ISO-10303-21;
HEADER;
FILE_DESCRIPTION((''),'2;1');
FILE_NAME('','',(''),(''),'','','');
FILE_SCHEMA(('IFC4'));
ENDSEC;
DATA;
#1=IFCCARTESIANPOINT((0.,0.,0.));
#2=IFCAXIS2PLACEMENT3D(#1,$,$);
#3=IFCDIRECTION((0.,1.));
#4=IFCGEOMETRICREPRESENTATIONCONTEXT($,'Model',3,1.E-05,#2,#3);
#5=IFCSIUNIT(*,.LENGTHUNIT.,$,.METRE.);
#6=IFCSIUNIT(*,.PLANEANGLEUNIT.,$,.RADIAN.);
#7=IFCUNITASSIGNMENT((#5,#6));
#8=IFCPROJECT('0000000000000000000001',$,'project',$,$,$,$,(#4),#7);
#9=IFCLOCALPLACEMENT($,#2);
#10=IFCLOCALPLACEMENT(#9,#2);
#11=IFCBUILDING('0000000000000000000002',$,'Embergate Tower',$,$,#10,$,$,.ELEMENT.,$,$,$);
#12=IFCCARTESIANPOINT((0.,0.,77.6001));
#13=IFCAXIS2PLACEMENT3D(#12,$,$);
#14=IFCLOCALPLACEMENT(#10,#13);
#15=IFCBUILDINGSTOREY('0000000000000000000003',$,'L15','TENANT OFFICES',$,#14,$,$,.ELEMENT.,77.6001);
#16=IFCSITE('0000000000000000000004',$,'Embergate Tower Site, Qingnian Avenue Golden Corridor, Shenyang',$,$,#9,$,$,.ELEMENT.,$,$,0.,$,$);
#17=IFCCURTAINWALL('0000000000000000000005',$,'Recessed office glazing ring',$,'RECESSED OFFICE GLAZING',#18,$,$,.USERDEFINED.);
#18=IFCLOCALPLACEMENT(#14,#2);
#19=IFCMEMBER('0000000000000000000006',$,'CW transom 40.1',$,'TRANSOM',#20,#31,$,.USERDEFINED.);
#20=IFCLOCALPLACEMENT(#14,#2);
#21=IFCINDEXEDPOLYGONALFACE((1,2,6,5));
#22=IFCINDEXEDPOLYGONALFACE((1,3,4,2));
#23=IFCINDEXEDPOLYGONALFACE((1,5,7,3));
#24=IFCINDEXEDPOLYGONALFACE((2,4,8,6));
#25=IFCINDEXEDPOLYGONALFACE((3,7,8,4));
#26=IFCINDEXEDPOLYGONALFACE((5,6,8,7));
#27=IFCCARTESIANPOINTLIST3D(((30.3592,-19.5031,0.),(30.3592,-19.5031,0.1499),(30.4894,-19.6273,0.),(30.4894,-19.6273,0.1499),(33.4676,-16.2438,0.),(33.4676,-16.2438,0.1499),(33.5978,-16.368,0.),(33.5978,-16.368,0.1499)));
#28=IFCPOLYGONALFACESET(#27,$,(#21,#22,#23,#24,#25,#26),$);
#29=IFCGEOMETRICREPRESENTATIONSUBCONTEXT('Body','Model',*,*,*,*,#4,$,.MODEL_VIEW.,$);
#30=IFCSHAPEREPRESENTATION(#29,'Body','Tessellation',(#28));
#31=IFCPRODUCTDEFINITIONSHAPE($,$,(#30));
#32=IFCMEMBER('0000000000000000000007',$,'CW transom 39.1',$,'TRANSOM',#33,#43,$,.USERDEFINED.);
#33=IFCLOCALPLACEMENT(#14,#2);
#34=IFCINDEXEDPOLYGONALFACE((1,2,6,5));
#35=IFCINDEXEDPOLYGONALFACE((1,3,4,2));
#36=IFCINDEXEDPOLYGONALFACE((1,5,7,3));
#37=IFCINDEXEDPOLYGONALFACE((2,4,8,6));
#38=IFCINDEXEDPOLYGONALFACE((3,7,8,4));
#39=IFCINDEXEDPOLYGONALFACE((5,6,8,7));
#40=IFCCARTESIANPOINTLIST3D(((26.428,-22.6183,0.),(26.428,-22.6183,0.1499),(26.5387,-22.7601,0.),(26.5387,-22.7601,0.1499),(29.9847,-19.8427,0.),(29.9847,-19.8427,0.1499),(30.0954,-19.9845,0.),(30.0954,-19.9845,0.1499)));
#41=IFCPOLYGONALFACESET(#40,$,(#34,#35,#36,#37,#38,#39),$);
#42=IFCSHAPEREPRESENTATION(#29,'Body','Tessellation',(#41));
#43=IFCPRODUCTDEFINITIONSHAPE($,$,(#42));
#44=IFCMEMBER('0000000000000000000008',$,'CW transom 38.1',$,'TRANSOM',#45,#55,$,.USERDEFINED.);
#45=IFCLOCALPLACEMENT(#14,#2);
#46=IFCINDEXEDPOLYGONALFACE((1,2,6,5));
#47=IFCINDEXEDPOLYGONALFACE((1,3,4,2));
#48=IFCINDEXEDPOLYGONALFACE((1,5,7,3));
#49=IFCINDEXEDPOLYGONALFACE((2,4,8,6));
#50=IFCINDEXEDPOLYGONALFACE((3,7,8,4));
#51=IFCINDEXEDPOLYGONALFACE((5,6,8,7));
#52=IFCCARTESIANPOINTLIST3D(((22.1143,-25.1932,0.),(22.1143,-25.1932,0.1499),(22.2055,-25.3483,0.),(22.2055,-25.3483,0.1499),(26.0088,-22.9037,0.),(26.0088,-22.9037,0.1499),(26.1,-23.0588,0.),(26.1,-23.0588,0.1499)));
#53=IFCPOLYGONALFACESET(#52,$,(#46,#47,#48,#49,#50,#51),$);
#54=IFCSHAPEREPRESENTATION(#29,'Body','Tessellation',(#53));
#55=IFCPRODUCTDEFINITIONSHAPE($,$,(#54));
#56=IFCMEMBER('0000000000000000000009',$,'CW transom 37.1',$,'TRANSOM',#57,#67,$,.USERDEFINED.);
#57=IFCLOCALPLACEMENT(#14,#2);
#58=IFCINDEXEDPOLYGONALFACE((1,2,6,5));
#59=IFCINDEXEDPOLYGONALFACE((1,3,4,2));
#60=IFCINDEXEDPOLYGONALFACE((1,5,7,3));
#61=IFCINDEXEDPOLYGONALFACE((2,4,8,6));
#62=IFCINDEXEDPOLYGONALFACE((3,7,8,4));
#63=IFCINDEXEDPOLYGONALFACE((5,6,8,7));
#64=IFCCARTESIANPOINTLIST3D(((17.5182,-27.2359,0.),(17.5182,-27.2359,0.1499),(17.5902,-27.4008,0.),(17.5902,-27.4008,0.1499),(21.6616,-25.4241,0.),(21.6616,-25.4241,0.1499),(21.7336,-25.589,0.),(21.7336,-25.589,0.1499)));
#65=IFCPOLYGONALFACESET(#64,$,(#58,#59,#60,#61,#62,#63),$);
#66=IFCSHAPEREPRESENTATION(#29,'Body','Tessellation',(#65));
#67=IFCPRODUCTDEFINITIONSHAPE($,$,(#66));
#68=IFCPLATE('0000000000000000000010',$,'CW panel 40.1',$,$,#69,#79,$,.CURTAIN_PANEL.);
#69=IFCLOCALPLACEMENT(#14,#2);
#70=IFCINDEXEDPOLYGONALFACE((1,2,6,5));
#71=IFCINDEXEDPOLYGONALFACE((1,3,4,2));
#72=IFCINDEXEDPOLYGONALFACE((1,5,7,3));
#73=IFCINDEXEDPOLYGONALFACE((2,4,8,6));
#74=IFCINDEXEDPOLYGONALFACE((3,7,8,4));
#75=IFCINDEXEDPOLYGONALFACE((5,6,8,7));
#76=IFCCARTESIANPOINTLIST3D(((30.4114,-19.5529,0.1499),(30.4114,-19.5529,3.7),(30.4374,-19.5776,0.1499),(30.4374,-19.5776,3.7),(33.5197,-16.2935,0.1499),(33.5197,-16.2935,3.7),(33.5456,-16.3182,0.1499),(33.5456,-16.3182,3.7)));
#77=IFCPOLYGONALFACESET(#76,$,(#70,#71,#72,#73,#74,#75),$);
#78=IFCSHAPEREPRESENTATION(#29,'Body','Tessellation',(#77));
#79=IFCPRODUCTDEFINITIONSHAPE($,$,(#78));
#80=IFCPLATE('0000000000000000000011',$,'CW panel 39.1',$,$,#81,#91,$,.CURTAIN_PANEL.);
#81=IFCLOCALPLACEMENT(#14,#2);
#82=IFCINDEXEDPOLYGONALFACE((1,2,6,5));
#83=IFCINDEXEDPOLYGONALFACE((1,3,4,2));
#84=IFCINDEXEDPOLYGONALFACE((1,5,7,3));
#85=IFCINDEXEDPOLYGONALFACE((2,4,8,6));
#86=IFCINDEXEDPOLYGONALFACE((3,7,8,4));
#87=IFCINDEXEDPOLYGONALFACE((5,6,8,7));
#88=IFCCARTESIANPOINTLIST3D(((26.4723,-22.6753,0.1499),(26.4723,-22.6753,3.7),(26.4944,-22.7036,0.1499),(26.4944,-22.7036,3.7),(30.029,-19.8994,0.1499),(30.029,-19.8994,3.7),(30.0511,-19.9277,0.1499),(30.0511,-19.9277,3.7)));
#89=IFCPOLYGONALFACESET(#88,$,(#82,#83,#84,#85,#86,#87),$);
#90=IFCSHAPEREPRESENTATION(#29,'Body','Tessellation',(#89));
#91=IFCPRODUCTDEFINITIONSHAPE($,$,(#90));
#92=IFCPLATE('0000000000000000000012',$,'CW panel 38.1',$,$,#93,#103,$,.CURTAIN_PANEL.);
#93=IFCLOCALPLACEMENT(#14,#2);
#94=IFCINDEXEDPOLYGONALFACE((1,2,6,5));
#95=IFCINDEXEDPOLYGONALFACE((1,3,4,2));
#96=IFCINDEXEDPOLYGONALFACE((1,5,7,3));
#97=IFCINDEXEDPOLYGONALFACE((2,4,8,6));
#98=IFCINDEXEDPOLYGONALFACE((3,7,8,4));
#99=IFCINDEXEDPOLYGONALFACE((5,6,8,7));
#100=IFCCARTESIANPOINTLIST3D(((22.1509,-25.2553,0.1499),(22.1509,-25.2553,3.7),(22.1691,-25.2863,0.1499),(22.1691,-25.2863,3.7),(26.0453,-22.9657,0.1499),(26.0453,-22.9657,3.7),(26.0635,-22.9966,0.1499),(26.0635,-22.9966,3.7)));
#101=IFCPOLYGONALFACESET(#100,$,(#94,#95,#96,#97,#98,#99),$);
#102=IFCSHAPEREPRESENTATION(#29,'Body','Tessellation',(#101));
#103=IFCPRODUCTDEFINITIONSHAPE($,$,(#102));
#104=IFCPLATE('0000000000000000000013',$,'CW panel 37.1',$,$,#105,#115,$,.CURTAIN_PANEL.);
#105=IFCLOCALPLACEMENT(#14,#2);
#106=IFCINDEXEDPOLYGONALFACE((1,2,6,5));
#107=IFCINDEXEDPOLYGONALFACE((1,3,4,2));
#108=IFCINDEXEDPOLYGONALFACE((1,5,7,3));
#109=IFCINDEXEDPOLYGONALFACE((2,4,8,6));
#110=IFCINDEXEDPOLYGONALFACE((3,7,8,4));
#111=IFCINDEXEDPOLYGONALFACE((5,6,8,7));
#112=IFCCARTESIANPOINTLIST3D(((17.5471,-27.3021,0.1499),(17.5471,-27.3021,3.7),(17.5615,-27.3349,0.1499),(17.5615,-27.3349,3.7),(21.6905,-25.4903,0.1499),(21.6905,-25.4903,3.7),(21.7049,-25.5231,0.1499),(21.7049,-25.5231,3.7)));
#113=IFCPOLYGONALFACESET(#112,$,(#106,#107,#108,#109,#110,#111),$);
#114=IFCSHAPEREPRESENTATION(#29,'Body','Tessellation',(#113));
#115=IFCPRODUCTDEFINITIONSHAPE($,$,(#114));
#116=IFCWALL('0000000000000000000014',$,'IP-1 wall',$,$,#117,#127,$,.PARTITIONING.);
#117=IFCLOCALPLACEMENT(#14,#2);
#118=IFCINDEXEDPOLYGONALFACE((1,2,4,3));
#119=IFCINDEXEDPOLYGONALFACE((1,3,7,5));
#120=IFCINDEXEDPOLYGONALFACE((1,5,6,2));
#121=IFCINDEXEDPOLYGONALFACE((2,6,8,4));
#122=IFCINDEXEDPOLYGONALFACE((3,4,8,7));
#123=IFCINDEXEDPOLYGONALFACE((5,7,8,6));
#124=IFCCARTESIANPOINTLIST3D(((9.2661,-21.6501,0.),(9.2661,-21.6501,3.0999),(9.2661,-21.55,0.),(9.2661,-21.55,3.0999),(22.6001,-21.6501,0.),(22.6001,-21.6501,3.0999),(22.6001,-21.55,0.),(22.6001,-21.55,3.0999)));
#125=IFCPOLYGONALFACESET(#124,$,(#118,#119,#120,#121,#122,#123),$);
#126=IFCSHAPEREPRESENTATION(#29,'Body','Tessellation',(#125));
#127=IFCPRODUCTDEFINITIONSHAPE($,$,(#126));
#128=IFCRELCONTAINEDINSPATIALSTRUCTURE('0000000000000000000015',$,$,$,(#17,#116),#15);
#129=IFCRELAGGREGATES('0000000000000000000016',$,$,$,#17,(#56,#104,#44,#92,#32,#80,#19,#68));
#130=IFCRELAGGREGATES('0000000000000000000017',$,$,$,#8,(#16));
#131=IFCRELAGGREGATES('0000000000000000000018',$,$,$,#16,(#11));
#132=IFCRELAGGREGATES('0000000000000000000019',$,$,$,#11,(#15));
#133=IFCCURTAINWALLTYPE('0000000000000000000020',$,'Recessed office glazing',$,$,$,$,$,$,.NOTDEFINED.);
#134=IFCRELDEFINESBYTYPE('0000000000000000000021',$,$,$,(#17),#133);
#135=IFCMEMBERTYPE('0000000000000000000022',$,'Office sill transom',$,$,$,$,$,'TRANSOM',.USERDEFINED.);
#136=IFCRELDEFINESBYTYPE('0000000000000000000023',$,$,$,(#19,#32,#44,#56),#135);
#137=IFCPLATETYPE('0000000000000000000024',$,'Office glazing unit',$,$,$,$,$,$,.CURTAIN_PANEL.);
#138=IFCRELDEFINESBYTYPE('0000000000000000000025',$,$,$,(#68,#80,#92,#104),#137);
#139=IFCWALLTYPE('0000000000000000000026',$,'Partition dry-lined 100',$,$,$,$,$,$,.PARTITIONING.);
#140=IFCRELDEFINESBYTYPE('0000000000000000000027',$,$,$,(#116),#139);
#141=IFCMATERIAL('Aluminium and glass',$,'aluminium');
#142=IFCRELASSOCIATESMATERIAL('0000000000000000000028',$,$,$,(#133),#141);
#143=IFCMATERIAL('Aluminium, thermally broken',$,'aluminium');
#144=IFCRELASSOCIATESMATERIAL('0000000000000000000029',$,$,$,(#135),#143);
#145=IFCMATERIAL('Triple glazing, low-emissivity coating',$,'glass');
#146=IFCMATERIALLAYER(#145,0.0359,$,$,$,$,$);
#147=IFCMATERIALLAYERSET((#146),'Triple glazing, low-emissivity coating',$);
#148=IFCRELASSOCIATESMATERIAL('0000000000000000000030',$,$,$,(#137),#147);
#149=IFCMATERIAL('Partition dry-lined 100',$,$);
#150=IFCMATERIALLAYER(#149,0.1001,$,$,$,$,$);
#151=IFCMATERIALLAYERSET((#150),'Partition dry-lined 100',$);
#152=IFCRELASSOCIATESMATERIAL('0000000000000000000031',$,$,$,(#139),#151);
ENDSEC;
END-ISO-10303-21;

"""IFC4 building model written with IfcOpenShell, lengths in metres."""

from ifc_helpers import new_model, si_unit, direction, frame, frame_2d, origin, origin_2d, place, context, subcontext, project, spatial, rectangle, extrude, source, transform, mapped, material, layer, layer_set, material_profile, profile_set, type_object, element, aggregate, save


model = new_model("IFC4")

# Units and contexts
model_context = context("Model", 3, precision=1e-05, world=origin(), true_north=direction((0.0, 1.0)))
body_context = subcontext(model_context, "Body", "Model", "MODEL_VIEW")
ifc_project = project(units=[si_unit("LENGTHUNIT", "METRE"), si_unit("PLANEANGLEUNIT", "RADIAN")], contexts=[model_context])

# Site, building, storey
site_placement = place(None, origin())
site = spatial("IfcSite", under=ifc_project, at=site_placement, Name="Embergate Tower Site, Qingnian Avenue Golden Corridor, Shenyang", CompositionType="ELEMENT", RefElevation=0.0)
building_placement = place(site_placement, origin())
building = spatial("IfcBuilding", under=site, at=building_placement, Name="Embergate Tower", CompositionType="ELEMENT")
storey_placement = place(building_placement, frame((0.0, 0.0, 77.6001)))
storey = spatial("IfcBuildingStorey", under=building, at=storey_placement, Name="L15", Description="TENANT OFFICES", CompositionType="ELEMENT", Elevation=77.6001)

# Curtain wall, members, plates
ifc_material_1 = material(Name="Aluminium and glass", Category="aluminium")
curtain_wall_type = type_object("IfcCurtainWallType", Name="Recessed office glazing", PredefinedType="NOTDEFINED", material=ifc_material_1)
curtain_wall_placement = place(storey_placement, origin())
curtain_wall = element("IfcCurtainWall", 1, at=curtain_wall_placement, inside=storey, type_object=curtain_wall_type, Name="Recessed office glazing ring", ObjectType="RECESSED OFFICE GLAZING", PredefinedType="USERDEFINED")
ifc_material_2 = material(Name="Aluminium, thermally broken", Category="aluminium")
ifc_material_profile_1 = material_profile(ifc_material_2, rectangle(XDim=0.1799, YDim=0.1499, at=origin_2d()), Name="AL 150x180")
ifc_profile_set_1 = profile_set([ifc_material_profile_1], Name="Aluminium, thermally broken")
member_type_1 = type_object("IfcMemberType", Name="Office sill transom", ElementType="TRANSOM", PredefinedType="USERDEFINED", material=ifc_profile_set_1)
shared_shape_1 = source(origin(), body_context, "Body", "SweptSolid", [
    extrude(rectangle(XDim=0.1799, YDim=0.1499, at=origin_2d()), origin(), (0.0, 0.0, 1.0), 4.5039),
])
member_1_placement = place(storey_placement, frame((30.4243, -19.5652, 0.075), z_axis=(0.690159, 0.723658, 0.0), x_axis=(-0.723658, 0.690159, 0.0)))
member_1 = element("IfcMember", 2, at=member_1_placement, type_object=member_type_1, Name="CW transom 40.1", ObjectType="TRANSOM", PredefinedType="USERDEFINED", context=body_context, shape_type="MappedRepresentation", body=[
    mapped(shared_shape_1, transform((0.0, 0.0, 0.0))),
])
shared_shape_2 = source(origin(), body_context, "Body", "SweptSolid", [
    extrude(rectangle(XDim=0.1799, YDim=0.1499, at=origin_2d()), origin(), (0.0, 0.0, 1.0), 4.5115),
])
member_2_placement = place(storey_placement, frame((26.4834, -22.6892, 0.075), z_axis=(0.788346, 0.615232, 0.0), x_axis=(-0.615232, 0.788346, 0.0)))
member_2 = element("IfcMember", 3, at=member_2_placement, type_object=member_type_1, Name="CW transom 39.1", ObjectType="TRANSOM", PredefinedType="USERDEFINED", context=body_context, shape_type="MappedRepresentation", body=[
    mapped(shared_shape_2, transform((0.0, 0.0, 0.0))),
])
shared_shape_3 = source(origin(), body_context, "Body", "SweptSolid", [
    extrude(rectangle(XDim=0.1799, YDim=0.1499, at=origin_2d()), origin(), (0.0, 0.0, 1.0), 4.5176),
])
member_3_placement = place(storey_placement, frame((22.1599, -25.2708, 0.075), z_axis=(0.862065, 0.506798, 0.0), x_axis=(-0.506798, 0.862065, 0.0)))
member_3 = element("IfcMember", 4, at=member_3_placement, type_object=member_type_1, Name="CW transom 38.1", ObjectType="TRANSOM", PredefinedType="USERDEFINED", context=body_context, shape_type="MappedRepresentation", body=[
    mapped(shared_shape_3, transform((0.0, 0.0, 0.0))),
])
shared_shape_4 = source(origin(), body_context, "Body", "SweptSolid", [
    extrude(rectangle(XDim=0.1799, YDim=0.1499, at=origin_2d()), origin(), (0.0, 0.0, 1.0), 4.5222),
])
member_4_placement = place(storey_placement, frame((17.5542, -27.3184, 0.075), z_axis=(0.916233, 0.400646, 0.0), x_axis=(-0.400646, 0.916233, 0.0)))
member_4 = element("IfcMember", 5, at=member_4_placement, type_object=member_type_1, Name="CW transom 37.1", ObjectType="TRANSOM", PredefinedType="USERDEFINED", context=body_context, shape_type="MappedRepresentation", body=[
    mapped(shared_shape_4, transform((0.0, 0.0, 0.0))),
])
ifc_material_3 = material(Name="Triple glazing, low-emissivity coating", Category="glass")
ifc_layer_1 = layer(ifc_material_3, 0.0359)
ifc_layer_set_1 = layer_set([ifc_layer_1], Name="Triple glazing, low-emissivity coating")
plate_type = type_object("IfcPlateType", Name="Office glazing unit", PredefinedType="CURTAIN_PANEL", material=ifc_layer_set_1)
shared_shape_5 = source(origin(), body_context, "Body", "SweptSolid", [
    extrude(rectangle(XDim=4.5039, YDim=0.0359, at=origin_2d()), origin(), (0.0, 0.0, 1.0), 3.55),
])
plate_1_placement = place(storey_placement, frame((31.9785, -17.9355, 0.1499), z_axis=(0.0, 0.0, 1.0), x_axis=(0.69013, 0.723685, 0.0)))
plate_1 = element("IfcPlate", 6, at=plate_1_placement, type_object=plate_type, Name="CW panel 40.1", PredefinedType="CURTAIN_PANEL", context=body_context, shape_type="MappedRepresentation", body=[
    mapped(shared_shape_5, transform((0.0, 0.0, 0.0))),
])
shared_shape_6 = source(origin(), body_context, "Body", "SweptSolid", [
    extrude(rectangle(XDim=4.5117, YDim=0.0359, at=origin_2d()), origin(), (0.0, 0.0, 1.0), 3.55),
])
plate_2_placement = place(storey_placement, frame((28.2617, -21.3015, 0.1499), z_axis=(0.0, 0.0, 1.0), x_axis=(0.788317, 0.615269, 0.0)))
plate_2 = element("IfcPlate", 7, at=plate_2_placement, type_object=plate_type, Name="CW panel 39.1", PredefinedType="CURTAIN_PANEL", context=body_context, shape_type="MappedRepresentation", body=[
    mapped(shared_shape_6, transform((0.0, 0.0, 0.0))),
])
shared_shape_7 = source(origin(), body_context, "Body", "SweptSolid", [
    extrude(rectangle(XDim=4.5176, YDim=0.0359, at=origin_2d()), origin(), (0.0, 0.0, 1.0), 3.55),
])
plate_3_placement = place(storey_placement, frame((24.1072, -24.126, 0.1499), z_axis=(0.0, 0.0, 1.0), x_axis=(0.862051, 0.506822, 0.0)))
plate_3 = element("IfcPlate", 8, at=plate_3_placement, type_object=plate_type, Name="CW panel 38.1", PredefinedType="CURTAIN_PANEL", context=body_context, shape_type="MappedRepresentation", body=[
    mapped(shared_shape_7, transform((0.0, 0.0, 0.0))),
])
shared_shape_8 = source(origin(), body_context, "Body", "SweptSolid", [
    extrude(rectangle(XDim=4.5222, YDim=0.0359, at=origin_2d()), origin(), (0.0, 0.0, 1.0), 3.55),
])
plate_4_placement = place(storey_placement, frame((19.626, -26.4126, 0.1499), z_axis=(0.0, 0.0, 1.0), x_axis=(0.916234, 0.400643, 0.0)))
plate_4 = element("IfcPlate", 9, at=plate_4_placement, type_object=plate_type, Name="CW panel 37.1", PredefinedType="CURTAIN_PANEL", context=body_context, shape_type="MappedRepresentation", body=[
    mapped(shared_shape_8, transform((0.0, 0.0, 0.0))),
])
aggregate(curtain_wall, [member_4, plate_4, member_3, plate_3, member_2, plate_2, member_1, plate_1])

# Wall
ifc_material_4 = material(Name="Partition dry-lined 100")
ifc_layer_2 = layer(ifc_material_4, 0.1001)
ifc_layer_set_2 = layer_set([ifc_layer_2], Name="Partition dry-lined 100")
wall_type = type_object("IfcWallType", Name="Partition dry-lined 100", PredefinedType="PARTITIONING", material=ifc_layer_set_2)
shared_shape_9 = source(origin(), body_context, "Body", "SweptSolid", [
    extrude(rectangle(XDim=13.334, YDim=0.1001, at=frame_2d((6.667, 0.0))), origin(), (0.0, 0.0, 1.0), 3.0999),
])
wall_placement = place(storey_placement, frame((22.6001, -21.6001, 0.0), z_axis=(0.0, 0.0, 1.0), x_axis=(-1.0, 0.0, 0.0)))
element("IfcWall", 10, at=wall_placement, inside=storey, type_object=wall_type, Name="IP-1 wall", PredefinedType="PARTITIONING", context=body_context, shape_type="MappedRepresentation", body=[
    mapped(shared_shape_9, transform((0.0, 0.0, 0.0))),
])

save(model, "model.ifc")
